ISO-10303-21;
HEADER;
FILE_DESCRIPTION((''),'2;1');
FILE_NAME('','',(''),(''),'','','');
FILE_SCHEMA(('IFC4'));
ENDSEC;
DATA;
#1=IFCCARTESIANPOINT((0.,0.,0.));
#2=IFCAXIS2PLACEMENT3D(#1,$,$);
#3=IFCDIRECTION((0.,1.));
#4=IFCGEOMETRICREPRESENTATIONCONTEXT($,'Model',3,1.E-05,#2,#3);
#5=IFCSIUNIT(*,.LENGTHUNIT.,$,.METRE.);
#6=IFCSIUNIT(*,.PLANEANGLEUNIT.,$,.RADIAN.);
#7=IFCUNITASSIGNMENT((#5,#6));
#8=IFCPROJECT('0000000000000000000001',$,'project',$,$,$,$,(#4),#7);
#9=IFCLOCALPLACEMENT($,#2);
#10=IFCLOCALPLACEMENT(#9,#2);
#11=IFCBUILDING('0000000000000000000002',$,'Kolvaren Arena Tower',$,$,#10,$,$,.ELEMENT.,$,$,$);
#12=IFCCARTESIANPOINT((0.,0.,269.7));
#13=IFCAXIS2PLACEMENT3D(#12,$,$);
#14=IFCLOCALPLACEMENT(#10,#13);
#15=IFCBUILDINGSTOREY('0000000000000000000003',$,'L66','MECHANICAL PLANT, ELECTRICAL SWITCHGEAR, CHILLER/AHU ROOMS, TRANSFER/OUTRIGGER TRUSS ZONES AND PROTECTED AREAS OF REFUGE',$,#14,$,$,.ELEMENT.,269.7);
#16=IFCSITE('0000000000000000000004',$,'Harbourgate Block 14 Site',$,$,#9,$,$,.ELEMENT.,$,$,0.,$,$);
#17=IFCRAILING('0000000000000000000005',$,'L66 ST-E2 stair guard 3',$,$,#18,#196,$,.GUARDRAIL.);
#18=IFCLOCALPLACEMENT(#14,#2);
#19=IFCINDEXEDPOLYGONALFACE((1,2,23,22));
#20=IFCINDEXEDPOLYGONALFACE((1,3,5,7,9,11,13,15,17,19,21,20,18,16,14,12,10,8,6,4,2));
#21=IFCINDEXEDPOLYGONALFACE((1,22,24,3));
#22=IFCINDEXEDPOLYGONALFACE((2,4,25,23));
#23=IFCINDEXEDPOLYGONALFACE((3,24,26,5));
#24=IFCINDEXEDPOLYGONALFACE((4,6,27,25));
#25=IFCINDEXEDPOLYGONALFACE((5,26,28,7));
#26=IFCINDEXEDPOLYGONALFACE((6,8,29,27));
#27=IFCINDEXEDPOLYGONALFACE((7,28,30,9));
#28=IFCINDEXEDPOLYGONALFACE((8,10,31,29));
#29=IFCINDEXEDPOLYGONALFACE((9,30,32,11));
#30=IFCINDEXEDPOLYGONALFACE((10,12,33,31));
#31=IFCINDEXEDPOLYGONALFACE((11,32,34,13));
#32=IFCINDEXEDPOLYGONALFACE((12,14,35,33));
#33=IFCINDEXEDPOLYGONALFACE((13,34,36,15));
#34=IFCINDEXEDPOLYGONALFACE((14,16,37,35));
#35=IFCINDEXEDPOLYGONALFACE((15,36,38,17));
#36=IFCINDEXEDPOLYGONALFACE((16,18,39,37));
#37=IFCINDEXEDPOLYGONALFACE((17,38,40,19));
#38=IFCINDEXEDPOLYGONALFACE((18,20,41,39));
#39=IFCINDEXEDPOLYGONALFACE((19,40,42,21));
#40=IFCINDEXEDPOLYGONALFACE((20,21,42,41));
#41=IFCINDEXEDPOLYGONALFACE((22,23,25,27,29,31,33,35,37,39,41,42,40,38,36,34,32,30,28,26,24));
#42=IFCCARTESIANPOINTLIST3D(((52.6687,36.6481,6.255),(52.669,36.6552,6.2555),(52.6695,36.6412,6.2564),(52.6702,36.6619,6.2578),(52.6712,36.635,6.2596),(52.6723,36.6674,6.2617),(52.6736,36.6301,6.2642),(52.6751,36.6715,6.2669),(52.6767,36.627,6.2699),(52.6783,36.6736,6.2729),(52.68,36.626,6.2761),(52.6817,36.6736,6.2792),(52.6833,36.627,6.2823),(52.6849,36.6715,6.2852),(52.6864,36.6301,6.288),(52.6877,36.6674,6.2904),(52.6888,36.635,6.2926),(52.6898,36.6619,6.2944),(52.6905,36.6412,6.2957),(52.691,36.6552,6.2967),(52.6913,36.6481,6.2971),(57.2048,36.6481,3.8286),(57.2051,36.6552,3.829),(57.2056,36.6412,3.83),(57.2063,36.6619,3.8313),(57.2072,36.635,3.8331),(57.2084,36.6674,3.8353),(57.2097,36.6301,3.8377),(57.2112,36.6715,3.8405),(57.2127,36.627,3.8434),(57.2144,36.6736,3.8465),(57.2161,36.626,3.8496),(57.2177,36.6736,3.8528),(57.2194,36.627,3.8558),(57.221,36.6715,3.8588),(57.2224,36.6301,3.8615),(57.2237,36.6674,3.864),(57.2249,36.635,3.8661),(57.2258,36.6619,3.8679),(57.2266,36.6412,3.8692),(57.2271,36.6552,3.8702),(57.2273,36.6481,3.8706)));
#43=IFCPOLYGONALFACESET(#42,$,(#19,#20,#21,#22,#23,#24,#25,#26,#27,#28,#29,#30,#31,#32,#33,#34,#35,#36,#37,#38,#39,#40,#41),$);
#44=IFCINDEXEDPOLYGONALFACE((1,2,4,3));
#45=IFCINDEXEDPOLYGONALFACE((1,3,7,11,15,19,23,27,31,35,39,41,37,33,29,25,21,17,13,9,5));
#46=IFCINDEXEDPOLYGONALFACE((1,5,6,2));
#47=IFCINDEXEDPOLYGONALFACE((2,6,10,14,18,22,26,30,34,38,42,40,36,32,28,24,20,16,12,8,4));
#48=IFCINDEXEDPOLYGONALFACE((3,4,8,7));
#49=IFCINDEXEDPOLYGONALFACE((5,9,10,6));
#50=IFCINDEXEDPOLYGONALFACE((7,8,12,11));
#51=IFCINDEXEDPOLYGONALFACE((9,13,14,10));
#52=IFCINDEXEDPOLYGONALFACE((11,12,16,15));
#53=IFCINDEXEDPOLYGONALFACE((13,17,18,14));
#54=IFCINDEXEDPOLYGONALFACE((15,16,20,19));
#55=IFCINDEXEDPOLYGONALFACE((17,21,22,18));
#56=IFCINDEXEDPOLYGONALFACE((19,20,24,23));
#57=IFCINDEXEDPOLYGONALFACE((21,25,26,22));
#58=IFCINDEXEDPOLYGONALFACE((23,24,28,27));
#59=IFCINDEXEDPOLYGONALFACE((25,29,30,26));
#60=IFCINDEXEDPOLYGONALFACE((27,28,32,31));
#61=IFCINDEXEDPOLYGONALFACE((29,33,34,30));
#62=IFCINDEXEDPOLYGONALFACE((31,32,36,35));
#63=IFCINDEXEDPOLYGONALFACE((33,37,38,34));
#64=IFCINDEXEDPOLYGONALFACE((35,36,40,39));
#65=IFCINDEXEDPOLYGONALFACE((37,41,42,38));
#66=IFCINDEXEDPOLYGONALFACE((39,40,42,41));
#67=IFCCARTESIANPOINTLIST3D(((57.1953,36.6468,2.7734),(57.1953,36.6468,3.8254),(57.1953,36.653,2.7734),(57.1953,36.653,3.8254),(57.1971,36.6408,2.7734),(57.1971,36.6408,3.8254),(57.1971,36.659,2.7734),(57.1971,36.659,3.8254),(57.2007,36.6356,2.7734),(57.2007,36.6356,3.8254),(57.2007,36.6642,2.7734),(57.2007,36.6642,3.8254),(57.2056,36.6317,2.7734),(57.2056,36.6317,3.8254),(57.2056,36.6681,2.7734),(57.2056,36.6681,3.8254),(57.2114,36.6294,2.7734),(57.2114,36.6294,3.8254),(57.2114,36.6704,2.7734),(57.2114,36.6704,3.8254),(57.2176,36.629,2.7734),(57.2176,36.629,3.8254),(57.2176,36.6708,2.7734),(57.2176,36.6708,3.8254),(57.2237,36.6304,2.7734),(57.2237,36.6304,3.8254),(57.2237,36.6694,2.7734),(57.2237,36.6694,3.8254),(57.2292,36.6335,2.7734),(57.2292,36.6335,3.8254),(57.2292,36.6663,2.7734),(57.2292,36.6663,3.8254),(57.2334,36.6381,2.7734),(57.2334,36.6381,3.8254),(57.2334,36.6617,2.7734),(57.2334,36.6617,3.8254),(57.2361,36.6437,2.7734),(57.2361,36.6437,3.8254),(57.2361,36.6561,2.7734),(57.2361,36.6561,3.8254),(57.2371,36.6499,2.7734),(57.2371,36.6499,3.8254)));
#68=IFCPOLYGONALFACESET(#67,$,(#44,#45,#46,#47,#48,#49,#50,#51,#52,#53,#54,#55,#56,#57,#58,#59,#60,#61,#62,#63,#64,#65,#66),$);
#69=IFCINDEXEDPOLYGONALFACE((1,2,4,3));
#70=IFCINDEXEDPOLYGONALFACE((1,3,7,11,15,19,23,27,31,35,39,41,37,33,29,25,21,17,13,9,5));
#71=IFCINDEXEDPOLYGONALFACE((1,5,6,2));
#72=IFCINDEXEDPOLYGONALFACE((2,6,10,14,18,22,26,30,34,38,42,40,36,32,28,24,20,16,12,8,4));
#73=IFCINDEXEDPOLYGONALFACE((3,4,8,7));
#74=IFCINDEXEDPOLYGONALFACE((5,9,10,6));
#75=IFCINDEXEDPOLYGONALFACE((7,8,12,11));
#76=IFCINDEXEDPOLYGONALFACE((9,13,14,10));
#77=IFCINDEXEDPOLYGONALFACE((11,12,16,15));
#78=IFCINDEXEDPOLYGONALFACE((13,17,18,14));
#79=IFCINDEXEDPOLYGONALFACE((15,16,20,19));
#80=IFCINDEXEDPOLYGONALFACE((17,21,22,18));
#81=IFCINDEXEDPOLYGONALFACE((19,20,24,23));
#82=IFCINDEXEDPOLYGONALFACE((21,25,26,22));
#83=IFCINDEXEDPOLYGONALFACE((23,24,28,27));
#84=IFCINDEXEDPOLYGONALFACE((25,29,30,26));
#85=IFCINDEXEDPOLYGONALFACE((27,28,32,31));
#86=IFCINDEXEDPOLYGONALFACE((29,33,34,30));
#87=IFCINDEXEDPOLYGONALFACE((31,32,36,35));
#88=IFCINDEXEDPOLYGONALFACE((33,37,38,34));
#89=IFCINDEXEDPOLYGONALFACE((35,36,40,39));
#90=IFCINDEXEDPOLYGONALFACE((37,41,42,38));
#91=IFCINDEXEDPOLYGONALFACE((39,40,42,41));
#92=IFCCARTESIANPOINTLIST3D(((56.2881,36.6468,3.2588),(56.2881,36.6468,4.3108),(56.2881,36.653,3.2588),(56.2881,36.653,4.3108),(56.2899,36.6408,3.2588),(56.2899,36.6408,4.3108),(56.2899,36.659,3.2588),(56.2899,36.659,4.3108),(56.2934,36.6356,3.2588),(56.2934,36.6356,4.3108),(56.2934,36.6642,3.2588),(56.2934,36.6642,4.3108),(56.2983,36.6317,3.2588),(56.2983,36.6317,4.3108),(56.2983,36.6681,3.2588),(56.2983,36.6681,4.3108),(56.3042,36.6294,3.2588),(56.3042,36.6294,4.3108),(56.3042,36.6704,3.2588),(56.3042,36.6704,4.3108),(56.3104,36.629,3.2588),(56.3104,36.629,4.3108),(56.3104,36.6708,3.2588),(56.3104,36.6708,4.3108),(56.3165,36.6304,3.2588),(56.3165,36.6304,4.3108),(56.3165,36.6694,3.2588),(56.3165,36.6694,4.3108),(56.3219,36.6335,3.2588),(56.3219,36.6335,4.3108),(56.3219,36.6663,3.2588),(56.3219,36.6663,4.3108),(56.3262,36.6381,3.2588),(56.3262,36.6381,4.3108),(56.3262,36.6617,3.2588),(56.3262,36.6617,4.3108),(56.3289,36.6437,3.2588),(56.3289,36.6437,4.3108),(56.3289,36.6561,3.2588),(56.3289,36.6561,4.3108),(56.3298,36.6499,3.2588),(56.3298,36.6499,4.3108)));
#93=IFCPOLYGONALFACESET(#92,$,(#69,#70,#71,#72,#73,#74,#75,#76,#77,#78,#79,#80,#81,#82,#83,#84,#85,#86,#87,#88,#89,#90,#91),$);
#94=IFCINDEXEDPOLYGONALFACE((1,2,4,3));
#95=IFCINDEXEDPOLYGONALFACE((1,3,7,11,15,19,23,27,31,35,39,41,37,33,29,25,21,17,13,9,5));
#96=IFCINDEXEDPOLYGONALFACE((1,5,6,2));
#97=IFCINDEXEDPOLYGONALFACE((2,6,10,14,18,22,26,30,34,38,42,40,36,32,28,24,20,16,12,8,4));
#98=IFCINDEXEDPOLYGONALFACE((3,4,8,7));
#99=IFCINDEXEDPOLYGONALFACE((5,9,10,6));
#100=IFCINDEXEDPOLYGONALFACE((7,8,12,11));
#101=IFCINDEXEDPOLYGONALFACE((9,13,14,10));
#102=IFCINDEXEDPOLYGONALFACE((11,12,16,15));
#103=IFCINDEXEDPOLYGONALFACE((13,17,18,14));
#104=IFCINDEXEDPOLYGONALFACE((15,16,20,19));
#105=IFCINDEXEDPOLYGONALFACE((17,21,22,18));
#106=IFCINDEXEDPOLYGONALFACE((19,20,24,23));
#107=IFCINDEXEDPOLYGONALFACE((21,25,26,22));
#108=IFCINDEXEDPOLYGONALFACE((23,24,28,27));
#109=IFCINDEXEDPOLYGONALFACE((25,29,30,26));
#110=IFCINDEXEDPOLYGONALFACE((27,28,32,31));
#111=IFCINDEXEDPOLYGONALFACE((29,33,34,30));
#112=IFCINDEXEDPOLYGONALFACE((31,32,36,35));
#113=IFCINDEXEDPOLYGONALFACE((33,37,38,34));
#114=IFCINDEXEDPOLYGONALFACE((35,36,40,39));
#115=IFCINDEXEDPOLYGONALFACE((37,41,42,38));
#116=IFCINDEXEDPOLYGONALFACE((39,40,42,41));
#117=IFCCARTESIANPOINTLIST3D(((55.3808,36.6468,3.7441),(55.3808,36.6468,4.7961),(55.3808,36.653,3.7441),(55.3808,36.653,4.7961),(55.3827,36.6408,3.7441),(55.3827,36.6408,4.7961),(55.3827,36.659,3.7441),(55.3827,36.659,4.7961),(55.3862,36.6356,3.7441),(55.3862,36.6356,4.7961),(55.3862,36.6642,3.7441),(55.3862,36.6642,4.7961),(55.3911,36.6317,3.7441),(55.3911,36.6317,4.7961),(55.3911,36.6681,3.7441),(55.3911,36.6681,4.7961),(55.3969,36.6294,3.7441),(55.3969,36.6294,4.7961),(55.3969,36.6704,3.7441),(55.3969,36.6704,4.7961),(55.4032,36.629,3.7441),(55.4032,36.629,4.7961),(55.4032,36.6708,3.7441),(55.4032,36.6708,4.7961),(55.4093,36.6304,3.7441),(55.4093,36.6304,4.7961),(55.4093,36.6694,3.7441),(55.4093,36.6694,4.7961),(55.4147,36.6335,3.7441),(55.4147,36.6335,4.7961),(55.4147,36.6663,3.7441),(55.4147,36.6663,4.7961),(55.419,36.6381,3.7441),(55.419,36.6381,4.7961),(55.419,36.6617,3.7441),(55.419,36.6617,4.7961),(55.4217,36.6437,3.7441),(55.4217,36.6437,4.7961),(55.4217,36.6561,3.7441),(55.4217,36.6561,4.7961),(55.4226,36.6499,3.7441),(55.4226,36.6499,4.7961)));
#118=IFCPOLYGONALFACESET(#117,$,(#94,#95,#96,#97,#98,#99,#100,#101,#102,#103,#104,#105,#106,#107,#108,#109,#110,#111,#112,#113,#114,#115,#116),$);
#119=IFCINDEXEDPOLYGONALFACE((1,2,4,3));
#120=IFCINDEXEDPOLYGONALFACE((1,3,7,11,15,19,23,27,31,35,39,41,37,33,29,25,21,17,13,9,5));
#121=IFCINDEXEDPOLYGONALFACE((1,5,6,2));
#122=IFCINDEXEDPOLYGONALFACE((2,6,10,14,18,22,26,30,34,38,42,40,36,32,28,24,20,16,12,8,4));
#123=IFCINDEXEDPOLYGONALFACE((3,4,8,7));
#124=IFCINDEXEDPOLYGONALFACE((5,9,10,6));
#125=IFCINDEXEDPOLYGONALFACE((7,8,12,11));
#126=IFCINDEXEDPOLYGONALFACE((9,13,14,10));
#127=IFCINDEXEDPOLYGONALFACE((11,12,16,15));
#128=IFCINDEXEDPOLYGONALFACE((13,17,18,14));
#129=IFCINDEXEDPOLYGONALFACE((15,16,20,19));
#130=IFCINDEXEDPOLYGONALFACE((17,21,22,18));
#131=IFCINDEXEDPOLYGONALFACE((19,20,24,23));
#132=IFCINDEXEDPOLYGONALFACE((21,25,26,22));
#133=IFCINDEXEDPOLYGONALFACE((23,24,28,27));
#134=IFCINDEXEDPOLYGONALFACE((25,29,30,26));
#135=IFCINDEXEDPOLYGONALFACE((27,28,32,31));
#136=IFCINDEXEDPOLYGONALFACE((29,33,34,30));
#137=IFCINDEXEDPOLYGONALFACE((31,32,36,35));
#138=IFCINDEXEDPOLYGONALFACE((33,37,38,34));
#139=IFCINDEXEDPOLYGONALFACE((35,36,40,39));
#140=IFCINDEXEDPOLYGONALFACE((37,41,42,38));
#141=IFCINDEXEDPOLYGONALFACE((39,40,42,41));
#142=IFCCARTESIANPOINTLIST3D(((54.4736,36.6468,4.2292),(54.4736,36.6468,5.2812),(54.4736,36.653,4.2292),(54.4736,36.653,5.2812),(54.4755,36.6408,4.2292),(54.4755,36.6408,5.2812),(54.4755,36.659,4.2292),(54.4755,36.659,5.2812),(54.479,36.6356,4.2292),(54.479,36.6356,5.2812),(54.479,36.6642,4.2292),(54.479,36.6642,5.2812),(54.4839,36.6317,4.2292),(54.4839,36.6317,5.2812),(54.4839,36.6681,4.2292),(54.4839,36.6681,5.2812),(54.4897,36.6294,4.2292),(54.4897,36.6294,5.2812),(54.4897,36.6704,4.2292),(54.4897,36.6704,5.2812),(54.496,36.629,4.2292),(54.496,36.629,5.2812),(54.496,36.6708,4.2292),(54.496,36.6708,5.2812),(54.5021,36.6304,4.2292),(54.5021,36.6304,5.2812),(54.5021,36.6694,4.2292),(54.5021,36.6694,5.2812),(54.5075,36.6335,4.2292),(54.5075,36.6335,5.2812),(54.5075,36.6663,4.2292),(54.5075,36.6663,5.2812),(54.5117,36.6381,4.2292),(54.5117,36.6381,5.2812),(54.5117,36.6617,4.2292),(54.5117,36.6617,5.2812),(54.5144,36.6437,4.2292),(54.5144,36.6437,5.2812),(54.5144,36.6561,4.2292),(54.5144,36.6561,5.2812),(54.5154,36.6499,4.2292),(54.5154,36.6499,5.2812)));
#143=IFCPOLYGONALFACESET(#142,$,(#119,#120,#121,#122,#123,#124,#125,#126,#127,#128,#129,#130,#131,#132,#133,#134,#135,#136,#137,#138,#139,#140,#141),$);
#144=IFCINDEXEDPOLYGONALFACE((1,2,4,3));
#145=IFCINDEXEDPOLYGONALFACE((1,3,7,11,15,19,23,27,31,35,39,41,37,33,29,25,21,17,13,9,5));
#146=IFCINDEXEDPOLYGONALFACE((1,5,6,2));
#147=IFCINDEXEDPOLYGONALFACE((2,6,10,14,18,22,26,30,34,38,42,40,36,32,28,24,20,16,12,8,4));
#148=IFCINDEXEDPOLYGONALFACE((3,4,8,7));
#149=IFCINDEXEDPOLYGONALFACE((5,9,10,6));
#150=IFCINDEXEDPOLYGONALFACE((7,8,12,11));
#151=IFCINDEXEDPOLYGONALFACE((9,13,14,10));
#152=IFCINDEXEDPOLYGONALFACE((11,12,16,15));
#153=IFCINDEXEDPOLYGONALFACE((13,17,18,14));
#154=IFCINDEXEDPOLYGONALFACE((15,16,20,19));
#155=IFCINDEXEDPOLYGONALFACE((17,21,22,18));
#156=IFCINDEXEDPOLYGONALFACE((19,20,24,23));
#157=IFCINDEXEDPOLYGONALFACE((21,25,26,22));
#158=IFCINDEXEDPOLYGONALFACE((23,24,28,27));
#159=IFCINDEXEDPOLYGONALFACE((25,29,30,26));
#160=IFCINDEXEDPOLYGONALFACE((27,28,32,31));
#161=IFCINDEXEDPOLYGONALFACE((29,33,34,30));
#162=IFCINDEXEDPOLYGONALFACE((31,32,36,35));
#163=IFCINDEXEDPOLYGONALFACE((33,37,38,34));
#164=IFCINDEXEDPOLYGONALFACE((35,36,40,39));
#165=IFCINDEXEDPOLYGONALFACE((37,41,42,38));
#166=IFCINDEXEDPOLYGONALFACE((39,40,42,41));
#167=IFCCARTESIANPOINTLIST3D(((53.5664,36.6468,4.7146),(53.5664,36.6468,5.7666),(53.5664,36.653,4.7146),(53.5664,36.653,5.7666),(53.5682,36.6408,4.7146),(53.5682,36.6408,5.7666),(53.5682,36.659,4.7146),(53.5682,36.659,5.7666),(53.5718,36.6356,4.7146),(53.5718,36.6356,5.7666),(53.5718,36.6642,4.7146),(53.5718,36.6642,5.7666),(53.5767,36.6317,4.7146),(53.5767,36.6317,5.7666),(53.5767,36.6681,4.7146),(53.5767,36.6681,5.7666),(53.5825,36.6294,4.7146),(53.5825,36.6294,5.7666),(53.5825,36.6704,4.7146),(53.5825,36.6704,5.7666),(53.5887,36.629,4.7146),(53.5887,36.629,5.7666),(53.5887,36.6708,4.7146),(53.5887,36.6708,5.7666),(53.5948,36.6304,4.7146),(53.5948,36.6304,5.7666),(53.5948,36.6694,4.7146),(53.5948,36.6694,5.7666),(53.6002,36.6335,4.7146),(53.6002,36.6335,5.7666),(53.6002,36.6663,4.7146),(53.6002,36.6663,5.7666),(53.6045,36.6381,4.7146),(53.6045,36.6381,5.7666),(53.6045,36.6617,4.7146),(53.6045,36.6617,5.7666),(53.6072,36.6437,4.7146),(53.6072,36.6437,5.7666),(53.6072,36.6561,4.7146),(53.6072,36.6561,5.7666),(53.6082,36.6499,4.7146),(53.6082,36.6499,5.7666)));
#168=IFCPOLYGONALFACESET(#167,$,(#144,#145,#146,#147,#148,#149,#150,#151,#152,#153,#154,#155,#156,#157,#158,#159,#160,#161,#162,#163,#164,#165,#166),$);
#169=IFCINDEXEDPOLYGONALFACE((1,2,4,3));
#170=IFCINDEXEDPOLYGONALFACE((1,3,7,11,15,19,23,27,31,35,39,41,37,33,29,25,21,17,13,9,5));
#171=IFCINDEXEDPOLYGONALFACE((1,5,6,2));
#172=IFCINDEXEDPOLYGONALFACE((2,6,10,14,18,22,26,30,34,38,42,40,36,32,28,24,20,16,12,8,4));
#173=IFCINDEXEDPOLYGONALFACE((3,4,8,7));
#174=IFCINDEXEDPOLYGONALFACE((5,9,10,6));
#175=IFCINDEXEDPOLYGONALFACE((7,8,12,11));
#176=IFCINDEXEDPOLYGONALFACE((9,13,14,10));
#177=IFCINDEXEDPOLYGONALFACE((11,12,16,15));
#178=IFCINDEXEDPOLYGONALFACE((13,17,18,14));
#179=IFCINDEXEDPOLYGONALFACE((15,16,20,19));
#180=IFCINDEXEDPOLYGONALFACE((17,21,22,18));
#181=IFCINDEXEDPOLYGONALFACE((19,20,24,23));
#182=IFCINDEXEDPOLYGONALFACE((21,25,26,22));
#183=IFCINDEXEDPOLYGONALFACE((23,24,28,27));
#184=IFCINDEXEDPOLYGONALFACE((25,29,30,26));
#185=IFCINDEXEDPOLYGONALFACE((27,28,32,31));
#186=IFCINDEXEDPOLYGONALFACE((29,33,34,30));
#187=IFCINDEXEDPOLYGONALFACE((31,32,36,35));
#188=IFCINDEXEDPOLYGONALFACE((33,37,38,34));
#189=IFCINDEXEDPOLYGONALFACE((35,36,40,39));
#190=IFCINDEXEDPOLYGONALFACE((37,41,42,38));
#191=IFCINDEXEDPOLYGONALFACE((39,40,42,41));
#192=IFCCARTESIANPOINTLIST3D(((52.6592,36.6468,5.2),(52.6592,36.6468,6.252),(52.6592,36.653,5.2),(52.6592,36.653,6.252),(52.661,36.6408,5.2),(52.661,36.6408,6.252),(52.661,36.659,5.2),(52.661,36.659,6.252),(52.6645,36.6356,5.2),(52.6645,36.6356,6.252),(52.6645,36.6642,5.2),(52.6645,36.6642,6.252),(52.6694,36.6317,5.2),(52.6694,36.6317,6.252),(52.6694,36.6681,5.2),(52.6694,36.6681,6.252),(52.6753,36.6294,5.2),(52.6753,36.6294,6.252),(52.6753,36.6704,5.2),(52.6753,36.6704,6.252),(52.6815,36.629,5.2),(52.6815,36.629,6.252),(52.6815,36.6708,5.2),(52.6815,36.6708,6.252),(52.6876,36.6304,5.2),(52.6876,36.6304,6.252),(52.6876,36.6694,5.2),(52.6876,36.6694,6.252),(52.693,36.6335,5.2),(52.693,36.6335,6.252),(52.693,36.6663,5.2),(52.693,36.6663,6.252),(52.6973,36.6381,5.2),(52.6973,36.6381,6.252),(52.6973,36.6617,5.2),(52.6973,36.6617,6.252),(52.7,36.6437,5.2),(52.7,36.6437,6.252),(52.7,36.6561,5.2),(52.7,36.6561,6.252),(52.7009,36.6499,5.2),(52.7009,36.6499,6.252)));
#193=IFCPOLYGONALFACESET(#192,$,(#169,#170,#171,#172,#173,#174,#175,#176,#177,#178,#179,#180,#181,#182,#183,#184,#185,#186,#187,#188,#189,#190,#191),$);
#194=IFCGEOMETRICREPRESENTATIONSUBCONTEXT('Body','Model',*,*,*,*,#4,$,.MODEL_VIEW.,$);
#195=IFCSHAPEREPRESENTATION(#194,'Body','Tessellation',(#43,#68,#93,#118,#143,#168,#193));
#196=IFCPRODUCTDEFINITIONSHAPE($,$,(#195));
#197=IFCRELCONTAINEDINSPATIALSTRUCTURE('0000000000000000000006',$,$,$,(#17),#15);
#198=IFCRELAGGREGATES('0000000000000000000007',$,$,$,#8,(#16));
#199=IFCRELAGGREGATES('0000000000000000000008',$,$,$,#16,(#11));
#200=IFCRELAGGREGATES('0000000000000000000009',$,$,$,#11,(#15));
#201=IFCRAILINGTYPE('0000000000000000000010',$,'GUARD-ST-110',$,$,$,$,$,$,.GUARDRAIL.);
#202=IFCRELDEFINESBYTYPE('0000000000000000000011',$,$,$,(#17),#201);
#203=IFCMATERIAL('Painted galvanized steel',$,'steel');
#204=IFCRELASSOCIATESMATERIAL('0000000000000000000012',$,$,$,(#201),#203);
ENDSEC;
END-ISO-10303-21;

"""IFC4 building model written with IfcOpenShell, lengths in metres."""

from ifc_helpers import new_model, si_unit, direction, frame, origin, origin_2d, place, context, subcontext, project, spatial, circle, extrude, material, type_object, element, save


model = new_model("IFC4")

# Units and contexts
model_context = context("Model", 3, precision=1e-05, world=origin(), true_north=direction((0.0, 1.0)))
body_context = subcontext(model_context, "Body", "Model", "MODEL_VIEW")
ifc_project = project(units=[si_unit("LENGTHUNIT", "METRE"), si_unit("PLANEANGLEUNIT", "RADIAN")], contexts=[model_context])

# Site, building, storey
site_placement = place(None, origin())
site = spatial("IfcSite", under=ifc_project, at=site_placement, Name="Harbourgate Block 14 Site", CompositionType="ELEMENT", RefElevation=0.0)
building_placement = place(site_placement, origin())
building = spatial("IfcBuilding", under=site, at=building_placement, Name="Kolvaren Arena Tower", CompositionType="ELEMENT")
storey_placement = place(building_placement, frame((0.0, 0.0, 269.7)))
storey = spatial("IfcBuildingStorey", under=building, at=storey_placement, Name="L66", Description="MECHANICAL PLANT, ELECTRICAL SWITCHGEAR, CHILLER/AHU ROOMS, TRANSFER/OUTRIGGER TRUSS ZONES AND PROTECTED AREAS OF REFUGE", CompositionType="ELEMENT", Elevation=269.7)

# Railing
ifc_material_1 = material(Name="Painted galvanized steel", Category="steel")
railing_type_1 = type_object("IfcRailingType", Name="GUARD-ST-110", PredefinedType="GUARDRAIL", material=ifc_material_1)
railing_1_placement = place(storey_placement, frame((57.2161, 36.6499, 2.7734)))
element("IfcRailing", 1, at=railing_1_placement, inside=storey, type_object=railing_type_1, Name="L66 ST-E2 stair guard 3", PredefinedType="GUARDRAIL", context=body_context, shape_type="SweptSolid", body=[
    extrude(circle(Radius=0.0239, at=origin_2d()), frame((0.0, 0.0, 1.0762), z_axis=(-0.881768, 0.0, 0.471684), x_axis=(0.0, -1.0, 0.0)), (0.0, 0.0, 1.0), 5.1443),
    extrude(circle(Radius=0.021, at=origin_2d()), origin(), (0.0, 0.0, 1.0), 1.052),
    extrude(circle(Radius=0.021, at=origin_2d()), frame((-0.9072, 0.0, 0.4854)), (0.0, 0.0, 1.0), 1.052),
    extrude(circle(Radius=0.021, at=origin_2d()), frame((-1.8145, 0.0, 0.9707)), (0.0, 0.0, 1.0), 1.052),
    extrude(circle(Radius=0.021, at=origin_2d()), frame((-2.7217, 0.0, 1.4558)), (0.0, 0.0, 1.0), 1.052),
    extrude(circle(Radius=0.021, at=origin_2d()), frame((-3.6289, 0.0, 1.9412)), (0.0, 0.0, 1.0), 1.052),
    extrude(circle(Radius=0.021, at=origin_2d()), frame((-4.5361, 0.0, 2.4265)), (0.0, 0.0, 1.0), 1.052),
])

save(model, "model.ifc")
